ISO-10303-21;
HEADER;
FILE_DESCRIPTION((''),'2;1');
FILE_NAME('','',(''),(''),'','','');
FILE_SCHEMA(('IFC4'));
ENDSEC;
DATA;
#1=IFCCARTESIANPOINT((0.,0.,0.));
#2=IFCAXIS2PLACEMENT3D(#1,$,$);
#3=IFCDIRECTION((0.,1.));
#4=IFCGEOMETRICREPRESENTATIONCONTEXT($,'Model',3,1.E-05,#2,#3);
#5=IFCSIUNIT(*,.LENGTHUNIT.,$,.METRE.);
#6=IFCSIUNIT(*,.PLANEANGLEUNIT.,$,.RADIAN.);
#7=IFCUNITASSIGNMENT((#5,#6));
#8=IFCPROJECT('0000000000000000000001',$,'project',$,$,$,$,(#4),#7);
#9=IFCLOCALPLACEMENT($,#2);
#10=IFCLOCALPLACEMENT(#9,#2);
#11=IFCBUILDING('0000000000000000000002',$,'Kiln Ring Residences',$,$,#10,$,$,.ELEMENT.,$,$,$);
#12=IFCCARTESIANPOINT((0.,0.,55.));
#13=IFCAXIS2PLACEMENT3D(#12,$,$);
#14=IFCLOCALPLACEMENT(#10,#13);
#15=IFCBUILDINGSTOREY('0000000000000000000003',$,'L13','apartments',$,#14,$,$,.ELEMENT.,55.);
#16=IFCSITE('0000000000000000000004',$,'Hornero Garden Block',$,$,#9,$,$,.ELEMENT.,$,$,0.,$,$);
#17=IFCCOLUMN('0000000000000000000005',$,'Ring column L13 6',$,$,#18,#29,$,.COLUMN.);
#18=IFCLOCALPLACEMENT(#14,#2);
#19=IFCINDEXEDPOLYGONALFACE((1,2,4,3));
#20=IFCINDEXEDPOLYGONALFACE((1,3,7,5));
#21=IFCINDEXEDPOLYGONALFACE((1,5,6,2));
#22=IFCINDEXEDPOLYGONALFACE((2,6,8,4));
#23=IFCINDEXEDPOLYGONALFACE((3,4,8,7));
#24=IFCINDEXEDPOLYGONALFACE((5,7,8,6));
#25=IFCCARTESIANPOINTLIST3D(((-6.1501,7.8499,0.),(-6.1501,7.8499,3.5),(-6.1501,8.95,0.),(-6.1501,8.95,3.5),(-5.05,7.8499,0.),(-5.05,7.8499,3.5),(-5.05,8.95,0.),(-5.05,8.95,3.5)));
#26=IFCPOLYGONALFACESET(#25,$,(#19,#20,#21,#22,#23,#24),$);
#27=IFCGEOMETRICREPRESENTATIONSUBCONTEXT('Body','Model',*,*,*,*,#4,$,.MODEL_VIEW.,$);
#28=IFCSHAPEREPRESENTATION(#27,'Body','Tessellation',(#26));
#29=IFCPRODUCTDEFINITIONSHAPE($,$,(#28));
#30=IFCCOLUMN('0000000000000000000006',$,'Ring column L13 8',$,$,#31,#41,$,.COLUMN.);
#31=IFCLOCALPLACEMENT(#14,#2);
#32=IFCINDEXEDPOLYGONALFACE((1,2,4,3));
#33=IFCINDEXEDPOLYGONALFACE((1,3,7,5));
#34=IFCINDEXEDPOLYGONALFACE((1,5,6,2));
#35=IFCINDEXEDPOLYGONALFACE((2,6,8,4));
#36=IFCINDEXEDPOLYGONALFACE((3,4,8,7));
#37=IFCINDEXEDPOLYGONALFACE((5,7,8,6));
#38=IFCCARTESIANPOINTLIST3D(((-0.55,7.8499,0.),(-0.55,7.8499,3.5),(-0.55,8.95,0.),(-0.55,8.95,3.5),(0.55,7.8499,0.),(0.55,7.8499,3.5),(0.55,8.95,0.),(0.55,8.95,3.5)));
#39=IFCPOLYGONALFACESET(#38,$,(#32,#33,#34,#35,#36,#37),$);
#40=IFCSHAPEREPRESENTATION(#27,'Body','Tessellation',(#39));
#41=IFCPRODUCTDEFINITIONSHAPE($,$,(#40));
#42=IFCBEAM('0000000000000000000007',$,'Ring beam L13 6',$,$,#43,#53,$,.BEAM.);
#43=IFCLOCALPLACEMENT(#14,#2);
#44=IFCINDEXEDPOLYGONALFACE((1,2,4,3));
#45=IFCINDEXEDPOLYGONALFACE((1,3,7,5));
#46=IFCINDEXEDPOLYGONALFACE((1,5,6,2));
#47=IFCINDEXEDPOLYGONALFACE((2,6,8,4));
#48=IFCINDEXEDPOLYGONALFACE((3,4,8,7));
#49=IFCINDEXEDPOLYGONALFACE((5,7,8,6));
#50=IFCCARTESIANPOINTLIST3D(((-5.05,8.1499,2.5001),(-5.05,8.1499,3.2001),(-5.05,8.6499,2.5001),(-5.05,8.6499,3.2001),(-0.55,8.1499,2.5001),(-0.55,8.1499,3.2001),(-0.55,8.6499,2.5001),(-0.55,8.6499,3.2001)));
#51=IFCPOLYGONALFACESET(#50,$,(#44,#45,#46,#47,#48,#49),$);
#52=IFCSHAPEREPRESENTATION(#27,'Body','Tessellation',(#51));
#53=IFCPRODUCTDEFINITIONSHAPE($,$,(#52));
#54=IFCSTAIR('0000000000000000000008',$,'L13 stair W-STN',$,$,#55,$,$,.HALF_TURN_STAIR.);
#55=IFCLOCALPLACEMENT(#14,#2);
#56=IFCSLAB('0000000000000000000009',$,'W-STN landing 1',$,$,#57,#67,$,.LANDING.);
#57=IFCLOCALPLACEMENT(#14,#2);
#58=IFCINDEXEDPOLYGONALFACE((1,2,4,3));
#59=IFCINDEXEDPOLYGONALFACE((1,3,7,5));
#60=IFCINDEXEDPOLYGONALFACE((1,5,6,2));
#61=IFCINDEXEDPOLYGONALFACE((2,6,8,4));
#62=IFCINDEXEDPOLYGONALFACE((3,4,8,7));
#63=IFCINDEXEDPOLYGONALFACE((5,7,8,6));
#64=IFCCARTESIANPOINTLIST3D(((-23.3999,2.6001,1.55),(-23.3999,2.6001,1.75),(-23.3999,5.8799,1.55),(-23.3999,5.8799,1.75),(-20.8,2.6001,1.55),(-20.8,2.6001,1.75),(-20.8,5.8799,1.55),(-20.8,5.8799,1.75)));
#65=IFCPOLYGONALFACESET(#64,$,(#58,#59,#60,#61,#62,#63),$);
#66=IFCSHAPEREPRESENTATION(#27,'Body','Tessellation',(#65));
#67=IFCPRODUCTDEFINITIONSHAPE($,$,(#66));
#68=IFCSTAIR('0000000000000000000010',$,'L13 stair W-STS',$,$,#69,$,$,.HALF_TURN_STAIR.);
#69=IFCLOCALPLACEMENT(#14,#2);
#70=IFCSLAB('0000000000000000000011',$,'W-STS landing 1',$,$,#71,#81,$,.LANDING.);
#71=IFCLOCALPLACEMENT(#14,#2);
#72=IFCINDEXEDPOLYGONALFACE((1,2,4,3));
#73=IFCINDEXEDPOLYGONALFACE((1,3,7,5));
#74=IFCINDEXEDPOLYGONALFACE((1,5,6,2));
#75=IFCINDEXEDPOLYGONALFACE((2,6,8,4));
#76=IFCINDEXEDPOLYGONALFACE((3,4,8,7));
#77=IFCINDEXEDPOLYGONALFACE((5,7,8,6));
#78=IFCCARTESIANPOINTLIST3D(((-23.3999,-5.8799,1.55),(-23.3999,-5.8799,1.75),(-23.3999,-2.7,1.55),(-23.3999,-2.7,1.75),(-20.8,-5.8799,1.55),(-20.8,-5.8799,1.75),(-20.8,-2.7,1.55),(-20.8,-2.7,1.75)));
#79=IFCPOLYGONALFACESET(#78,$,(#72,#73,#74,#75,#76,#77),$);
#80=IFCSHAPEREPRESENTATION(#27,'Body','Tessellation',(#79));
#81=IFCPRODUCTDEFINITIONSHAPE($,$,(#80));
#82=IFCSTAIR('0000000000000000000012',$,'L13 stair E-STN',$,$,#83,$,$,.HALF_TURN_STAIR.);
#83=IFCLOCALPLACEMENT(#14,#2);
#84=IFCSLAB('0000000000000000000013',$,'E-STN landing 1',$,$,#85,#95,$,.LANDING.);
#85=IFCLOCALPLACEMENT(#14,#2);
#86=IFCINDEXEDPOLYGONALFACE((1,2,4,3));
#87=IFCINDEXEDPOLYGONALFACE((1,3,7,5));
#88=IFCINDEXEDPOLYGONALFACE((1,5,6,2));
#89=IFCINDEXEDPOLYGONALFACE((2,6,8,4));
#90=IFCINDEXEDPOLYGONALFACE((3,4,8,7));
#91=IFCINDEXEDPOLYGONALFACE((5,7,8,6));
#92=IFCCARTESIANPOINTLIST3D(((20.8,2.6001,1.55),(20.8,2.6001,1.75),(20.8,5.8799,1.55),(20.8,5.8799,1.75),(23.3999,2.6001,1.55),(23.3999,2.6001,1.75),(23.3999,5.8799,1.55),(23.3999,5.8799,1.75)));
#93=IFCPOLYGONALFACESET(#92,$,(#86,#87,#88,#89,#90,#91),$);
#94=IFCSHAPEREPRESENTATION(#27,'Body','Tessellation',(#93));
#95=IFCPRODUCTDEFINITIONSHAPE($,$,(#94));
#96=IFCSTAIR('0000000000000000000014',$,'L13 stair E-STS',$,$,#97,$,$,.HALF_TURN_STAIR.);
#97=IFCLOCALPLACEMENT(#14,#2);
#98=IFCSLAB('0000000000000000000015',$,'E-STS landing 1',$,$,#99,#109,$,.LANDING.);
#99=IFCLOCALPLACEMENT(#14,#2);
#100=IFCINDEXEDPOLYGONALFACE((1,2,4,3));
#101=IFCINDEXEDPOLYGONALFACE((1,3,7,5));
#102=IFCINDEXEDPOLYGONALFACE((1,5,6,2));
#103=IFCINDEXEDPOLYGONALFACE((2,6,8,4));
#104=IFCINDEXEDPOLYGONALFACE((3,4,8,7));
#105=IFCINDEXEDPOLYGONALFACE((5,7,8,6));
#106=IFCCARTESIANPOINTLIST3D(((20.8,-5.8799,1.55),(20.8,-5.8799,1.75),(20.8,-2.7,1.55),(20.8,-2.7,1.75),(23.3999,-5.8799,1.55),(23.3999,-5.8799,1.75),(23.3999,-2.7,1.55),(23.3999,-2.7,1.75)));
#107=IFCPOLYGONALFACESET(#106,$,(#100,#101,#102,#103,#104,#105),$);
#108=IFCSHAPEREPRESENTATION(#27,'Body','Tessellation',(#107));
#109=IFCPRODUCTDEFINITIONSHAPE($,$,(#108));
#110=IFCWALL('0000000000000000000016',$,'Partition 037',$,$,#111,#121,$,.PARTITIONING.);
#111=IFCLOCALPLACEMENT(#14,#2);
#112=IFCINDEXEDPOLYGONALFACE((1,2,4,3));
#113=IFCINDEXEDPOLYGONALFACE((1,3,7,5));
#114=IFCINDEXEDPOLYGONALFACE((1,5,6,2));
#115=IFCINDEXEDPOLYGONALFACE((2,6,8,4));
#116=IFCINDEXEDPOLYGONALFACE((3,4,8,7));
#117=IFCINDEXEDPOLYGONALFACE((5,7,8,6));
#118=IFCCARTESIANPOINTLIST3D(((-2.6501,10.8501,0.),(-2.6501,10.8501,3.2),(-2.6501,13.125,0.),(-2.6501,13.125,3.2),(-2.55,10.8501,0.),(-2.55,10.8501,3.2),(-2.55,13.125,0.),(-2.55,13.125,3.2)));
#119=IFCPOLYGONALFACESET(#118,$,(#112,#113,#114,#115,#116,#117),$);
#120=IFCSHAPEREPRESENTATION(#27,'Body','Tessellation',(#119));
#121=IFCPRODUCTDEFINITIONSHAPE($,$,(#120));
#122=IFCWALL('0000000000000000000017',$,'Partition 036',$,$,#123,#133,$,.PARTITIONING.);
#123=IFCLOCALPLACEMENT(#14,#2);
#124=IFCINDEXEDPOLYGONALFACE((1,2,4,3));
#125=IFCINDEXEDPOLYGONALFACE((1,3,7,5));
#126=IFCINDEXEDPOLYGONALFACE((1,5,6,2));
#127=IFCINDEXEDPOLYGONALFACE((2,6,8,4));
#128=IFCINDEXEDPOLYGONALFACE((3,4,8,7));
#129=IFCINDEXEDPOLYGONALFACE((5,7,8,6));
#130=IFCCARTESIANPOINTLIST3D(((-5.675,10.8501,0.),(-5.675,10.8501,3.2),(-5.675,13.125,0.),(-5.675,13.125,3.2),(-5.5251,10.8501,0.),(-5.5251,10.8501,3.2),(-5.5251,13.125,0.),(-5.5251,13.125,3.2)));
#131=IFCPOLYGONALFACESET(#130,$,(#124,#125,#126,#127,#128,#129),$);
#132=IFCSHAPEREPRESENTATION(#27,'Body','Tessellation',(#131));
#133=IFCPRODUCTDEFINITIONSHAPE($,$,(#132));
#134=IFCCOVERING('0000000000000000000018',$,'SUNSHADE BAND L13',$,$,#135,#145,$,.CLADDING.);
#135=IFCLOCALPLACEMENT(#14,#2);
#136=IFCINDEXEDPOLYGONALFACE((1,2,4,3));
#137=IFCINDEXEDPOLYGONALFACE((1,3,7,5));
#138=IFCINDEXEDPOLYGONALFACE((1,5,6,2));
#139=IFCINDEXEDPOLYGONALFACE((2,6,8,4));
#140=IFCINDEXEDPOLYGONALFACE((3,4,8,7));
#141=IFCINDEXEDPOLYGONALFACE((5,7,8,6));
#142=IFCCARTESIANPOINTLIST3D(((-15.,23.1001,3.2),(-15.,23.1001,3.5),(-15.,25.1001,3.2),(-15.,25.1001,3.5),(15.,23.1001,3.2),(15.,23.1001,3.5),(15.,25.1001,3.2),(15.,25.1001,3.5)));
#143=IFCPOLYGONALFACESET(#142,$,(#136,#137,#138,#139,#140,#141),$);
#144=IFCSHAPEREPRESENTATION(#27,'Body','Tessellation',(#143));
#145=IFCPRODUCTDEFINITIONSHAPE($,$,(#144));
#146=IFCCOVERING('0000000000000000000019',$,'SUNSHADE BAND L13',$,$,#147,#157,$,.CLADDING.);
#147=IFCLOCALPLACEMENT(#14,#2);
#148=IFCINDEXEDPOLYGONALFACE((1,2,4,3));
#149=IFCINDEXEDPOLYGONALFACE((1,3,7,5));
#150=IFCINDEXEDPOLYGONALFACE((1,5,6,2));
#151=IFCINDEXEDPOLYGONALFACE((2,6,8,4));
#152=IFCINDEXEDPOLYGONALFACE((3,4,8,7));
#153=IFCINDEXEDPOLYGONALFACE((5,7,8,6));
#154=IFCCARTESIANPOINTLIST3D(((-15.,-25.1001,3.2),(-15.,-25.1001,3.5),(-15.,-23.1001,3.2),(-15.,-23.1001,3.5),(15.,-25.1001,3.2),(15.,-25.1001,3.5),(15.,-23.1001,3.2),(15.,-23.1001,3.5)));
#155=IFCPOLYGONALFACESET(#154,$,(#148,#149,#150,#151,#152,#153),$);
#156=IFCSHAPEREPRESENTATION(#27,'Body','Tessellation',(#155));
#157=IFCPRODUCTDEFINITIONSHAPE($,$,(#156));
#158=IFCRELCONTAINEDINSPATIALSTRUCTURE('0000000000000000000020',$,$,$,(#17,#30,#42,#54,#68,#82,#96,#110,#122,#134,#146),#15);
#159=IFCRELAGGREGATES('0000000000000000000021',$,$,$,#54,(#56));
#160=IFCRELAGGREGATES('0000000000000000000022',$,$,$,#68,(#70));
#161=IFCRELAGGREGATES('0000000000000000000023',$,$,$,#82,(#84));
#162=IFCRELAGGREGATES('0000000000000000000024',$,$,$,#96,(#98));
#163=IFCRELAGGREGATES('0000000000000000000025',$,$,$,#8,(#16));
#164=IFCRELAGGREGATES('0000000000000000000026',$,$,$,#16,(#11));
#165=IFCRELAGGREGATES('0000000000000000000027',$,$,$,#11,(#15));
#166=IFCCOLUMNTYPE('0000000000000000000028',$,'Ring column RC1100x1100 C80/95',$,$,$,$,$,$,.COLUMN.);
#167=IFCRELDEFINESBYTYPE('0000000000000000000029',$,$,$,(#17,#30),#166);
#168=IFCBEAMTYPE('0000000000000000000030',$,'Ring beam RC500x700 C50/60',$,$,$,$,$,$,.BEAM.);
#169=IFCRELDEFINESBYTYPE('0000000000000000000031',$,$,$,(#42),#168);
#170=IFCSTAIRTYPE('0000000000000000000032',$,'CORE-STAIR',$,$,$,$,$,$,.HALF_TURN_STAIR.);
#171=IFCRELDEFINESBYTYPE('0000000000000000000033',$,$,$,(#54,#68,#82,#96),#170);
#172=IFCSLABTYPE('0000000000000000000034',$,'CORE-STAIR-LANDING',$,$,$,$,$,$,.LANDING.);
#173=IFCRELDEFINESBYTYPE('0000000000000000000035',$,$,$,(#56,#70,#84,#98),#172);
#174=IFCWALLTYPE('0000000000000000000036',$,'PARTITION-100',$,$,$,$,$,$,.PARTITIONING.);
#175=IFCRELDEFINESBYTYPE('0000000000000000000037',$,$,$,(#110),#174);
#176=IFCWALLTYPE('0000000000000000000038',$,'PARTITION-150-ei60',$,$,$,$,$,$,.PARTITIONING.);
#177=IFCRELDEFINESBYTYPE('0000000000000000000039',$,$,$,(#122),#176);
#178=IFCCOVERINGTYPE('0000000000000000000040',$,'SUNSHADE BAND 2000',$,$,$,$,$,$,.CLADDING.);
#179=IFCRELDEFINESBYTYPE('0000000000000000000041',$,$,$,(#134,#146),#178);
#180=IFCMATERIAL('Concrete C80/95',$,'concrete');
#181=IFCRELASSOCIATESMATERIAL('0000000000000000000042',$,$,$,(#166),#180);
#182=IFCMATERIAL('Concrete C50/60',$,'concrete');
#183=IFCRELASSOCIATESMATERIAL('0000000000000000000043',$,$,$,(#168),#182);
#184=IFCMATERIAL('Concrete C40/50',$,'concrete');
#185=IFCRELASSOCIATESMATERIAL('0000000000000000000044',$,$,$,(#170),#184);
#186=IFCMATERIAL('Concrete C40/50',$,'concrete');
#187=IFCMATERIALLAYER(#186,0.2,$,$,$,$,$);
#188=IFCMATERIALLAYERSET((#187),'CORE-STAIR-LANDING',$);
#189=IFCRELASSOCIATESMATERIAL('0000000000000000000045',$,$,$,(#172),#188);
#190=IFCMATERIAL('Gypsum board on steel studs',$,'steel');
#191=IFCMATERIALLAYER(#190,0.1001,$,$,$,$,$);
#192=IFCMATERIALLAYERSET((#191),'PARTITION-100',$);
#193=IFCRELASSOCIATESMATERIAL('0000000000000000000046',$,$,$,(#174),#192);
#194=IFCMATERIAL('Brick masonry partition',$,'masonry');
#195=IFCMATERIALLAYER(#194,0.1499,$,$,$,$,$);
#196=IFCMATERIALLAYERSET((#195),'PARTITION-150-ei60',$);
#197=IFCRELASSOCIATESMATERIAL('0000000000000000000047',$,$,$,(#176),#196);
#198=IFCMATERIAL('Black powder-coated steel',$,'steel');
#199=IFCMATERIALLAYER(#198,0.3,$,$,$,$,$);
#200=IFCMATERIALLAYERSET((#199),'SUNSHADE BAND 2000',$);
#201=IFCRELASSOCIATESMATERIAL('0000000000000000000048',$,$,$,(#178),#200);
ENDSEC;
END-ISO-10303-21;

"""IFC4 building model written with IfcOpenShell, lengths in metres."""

from ifc_helpers import new_model, si_unit, direction, frame, frame_2d, origin, origin_2d, place, context, subcontext, project, spatial, polyline, rectangle, outline, extrude, material, layer, layer_set, material_profile, profile_set, type_object, element, aggregate, save


model = new_model("IFC4")

# Units and contexts
model_context = context("Model", 3, precision=1e-05, world=origin(), true_north=direction((0.0, 1.0)))
body_context = subcontext(model_context, "Body", "Model", "MODEL_VIEW")
ifc_project = project(units=[si_unit("LENGTHUNIT", "METRE"), si_unit("PLANEANGLEUNIT", "RADIAN")], contexts=[model_context])

# Site, building, storey
site_placement = place(None, origin())
site = spatial("IfcSite", under=ifc_project, at=site_placement, Name="Hornero Garden Block", CompositionType="ELEMENT", RefElevation=0.0)
building_placement = place(site_placement, origin())
building = spatial("IfcBuilding", under=site, at=building_placement, Name="Kiln Ring Residences", CompositionType="ELEMENT")
storey_placement = place(building_placement, frame((0.0, 0.0, 55.0)))
storey = spatial("IfcBuildingStorey", under=building, at=storey_placement, Name="L13", Description="apartments", CompositionType="ELEMENT", Elevation=55.0)

# Columns
ifc_material_1 = material(Name="Concrete C80/95", Category="concrete")
ifc_material_profile_1 = material_profile(ifc_material_1, rectangle(XDim=1.1001, YDim=1.1001, at=origin_2d()), Name="RC1100x1100")
ifc_profile_set_1 = profile_set([ifc_material_profile_1], Name="Concrete C80/95")
column_type = type_object("IfcColumnType", Name="Ring column RC1100x1100 C80/95", PredefinedType="COLUMN", material=ifc_profile_set_1)
for number, where, z_axis, x_axis, name in (
    (1, (-5.6001, 8.3999, 0.0), (0.0, 0.0, 1.0), (1.0, 0.0, 0.0), "Ring column L13 6"),
    (2, (0.0, 8.3999, 0.0), (0.0, 0.0, 1.0), (1.0, 0.0, 0.0), "Ring column L13 8"),
):
    element("IfcColumn", number, at=place(storey_placement, frame(where, z_axis=z_axis, x_axis=x_axis)), inside=storey, type_object=column_type, Name=name, PredefinedType="COLUMN", context=body_context, shape_type="SweptSolid", body=[
        extrude(rectangle(XDim=1.1001, YDim=1.1001, at=origin_2d()), origin(), (0.0, 0.0, 1.0), 3.5),
    ])

# Beam
ifc_material_2 = material(Name="Concrete C50/60", Category="concrete")
ifc_material_profile_2 = material_profile(ifc_material_2, rectangle(XDim=0.5, YDim=0.7, at=origin_2d()), Name="RC500x700")
ifc_profile_set_2 = profile_set([ifc_material_profile_2], Name="Concrete C50/60")
beam_type = type_object("IfcBeamType", Name="Ring beam RC500x700 C50/60", PredefinedType="BEAM", material=ifc_profile_set_2)
beam_placement = place(storey_placement, frame((-5.05, 8.3999, 2.8501), z_axis=(1.0, 0.0, 0.0), x_axis=(0.0, 1.0, 0.0)))
element("IfcBeam", 3, at=beam_placement, inside=storey, type_object=beam_type, Name="Ring beam L13 6", PredefinedType="BEAM", context=body_context, shape_type="SweptSolid", body=[
    extrude(rectangle(XDim=0.5, YDim=0.7, at=origin_2d()), origin(), (0.0, 0.0, 1.0), 4.5),
])

# Stairs, slabs
ifc_material_3 = material(Name="Concrete C40/50", Category="concrete")
stair_type = type_object("IfcStairType", Name="CORE-STAIR", PredefinedType="HALF_TURN_STAIR", material=ifc_material_3)
placement_1 = place(storey_placement, origin())
stair_1 = element("IfcStair", 4, at=placement_1, inside=storey, type_object=stair_type, Name="L13 stair W-STN", PredefinedType="HALF_TURN_STAIR")
ifc_material_4 = material(Name="Concrete C40/50", Category="concrete")
ifc_layer_1 = layer(ifc_material_4, 0.2)
ifc_layer_set_1 = layer_set([ifc_layer_1], Name="CORE-STAIR-LANDING")
slab_type = type_object("IfcSlabType", Name="CORE-STAIR-LANDING", PredefinedType="LANDING", material=ifc_layer_set_1)
placement_2 = place(storey_placement, frame((0.0, 0.0, 1.55)))
slab_1 = element("IfcSlab", 5, at=placement_2, type_object=slab_type, Name="W-STN landing 1", PredefinedType="LANDING", context=body_context, shape_type="SweptSolid", body=[
    extrude(outline(polyline([(-23.3999, 5.8799), (-23.3999, 2.6001), (-20.8, 2.6001), (-20.8, 5.8799), (-23.3999, 5.8799)])), origin(), (0.0, 0.0, 1.0), 0.2),
])
aggregate(stair_1, [slab_1])
stair_2 = element("IfcStair", 6, at=placement_1, inside=storey, type_object=stair_type, Name="L13 stair W-STS", PredefinedType="HALF_TURN_STAIR")
slab_2 = element("IfcSlab", 7, at=placement_2, type_object=slab_type, Name="W-STS landing 1", PredefinedType="LANDING", context=body_context, shape_type="SweptSolid", body=[
    extrude(outline(polyline([(-20.8, -5.8799), (-20.8, -2.7), (-23.3999, -2.7), (-23.3999, -5.8799), (-20.8, -5.8799)])), origin(), (0.0, 0.0, 1.0), 0.2),
])
aggregate(stair_2, [slab_2])
stair_3 = element("IfcStair", 8, at=placement_1, inside=storey, type_object=stair_type, Name="L13 stair E-STN", PredefinedType="HALF_TURN_STAIR")
slab_3 = element("IfcSlab", 9, at=placement_2, type_object=slab_type, Name="E-STN landing 1", PredefinedType="LANDING", context=body_context, shape_type="SweptSolid", body=[
    extrude(outline(polyline([(20.8, 5.8799), (20.8, 2.6001), (23.3999, 2.6001), (23.3999, 5.8799), (20.8, 5.8799)])), origin(), (0.0, 0.0, 1.0), 0.2),
])
aggregate(stair_3, [slab_3])
stair_4 = element("IfcStair", 10, at=placement_1, inside=storey, type_object=stair_type, Name="L13 stair E-STS", PredefinedType="HALF_TURN_STAIR")
slab_4 = element("IfcSlab", 11, at=placement_2, type_object=slab_type, Name="E-STS landing 1", PredefinedType="LANDING", context=body_context, shape_type="SweptSolid", body=[
    extrude(outline(polyline([(23.3999, -5.8799), (23.3999, -2.7), (20.8, -2.7), (20.8, -5.8799), (23.3999, -5.8799)])), origin(), (0.0, 0.0, 1.0), 0.2),
])
aggregate(stair_4, [slab_4])

# Walls
ifc_material_5 = material(Name="Gypsum board on steel studs", Category="steel")
ifc_layer_2 = layer(ifc_material_5, 0.1001)
ifc_layer_set_2 = layer_set([ifc_layer_2], Name="PARTITION-100")
wall_type_1 = type_object("IfcWallType", Name="PARTITION-100", PredefinedType="PARTITIONING", material=ifc_layer_set_2)
wall_1_placement = place(storey_placement, frame((-2.6001, 10.8501, 0.0), z_axis=(0.0, 0.0, 1.0), x_axis=(0.0, 1.0, 0.0)))
element("IfcWall", 12, at=wall_1_placement, inside=storey, type_object=wall_type_1, Name="Partition 037", PredefinedType="PARTITIONING", context=body_context, shape_type="SweptSolid", body=[
    extrude(rectangle(XDim=2.2749, YDim=0.1001, at=frame_2d((1.1375, 0.0))), origin(), (0.0, 0.0, 1.0), 3.2),
])
ifc_material_6 = material(Name="Brick masonry partition", Category="masonry")
ifc_layer_3 = layer(ifc_material_6, 0.1499)
ifc_layer_set_3 = layer_set([ifc_layer_3], Name="PARTITION-150-ei60")
wall_type_2 = type_object("IfcWallType", Name="PARTITION-150-ei60", PredefinedType="PARTITIONING", material=ifc_layer_set_3)
wall_2_placement = place(storey_placement, frame((-5.6001, 10.8501, 0.0), z_axis=(0.0, 0.0, 1.0), x_axis=(0.0, 1.0, 0.0)))
element("IfcWall", 13, at=wall_2_placement, inside=storey, type_object=wall_type_2, Name="Partition 036", PredefinedType="PARTITIONING", context=body_context, shape_type="SweptSolid", body=[
    extrude(rectangle(XDim=2.2749, YDim=0.1499, at=frame_2d((1.1375, 0.0))), origin(), (0.0, 0.0, 1.0), 3.2),
])

# Coverings
ifc_material_7 = material(Name="Black powder-coated steel", Category="steel")
ifc_layer_4 = layer(ifc_material_7, 0.3)
ifc_layer_set_4 = layer_set([ifc_layer_4], Name="SUNSHADE BAND 2000")
covering_type = type_object("IfcCoveringType", Name="SUNSHADE BAND 2000", PredefinedType="CLADDING", material=ifc_layer_set_4)
placement_3 = place(storey_placement, frame((0.0, 0.0, 3.2)))
element("IfcCovering", 14, at=placement_3, inside=storey, type_object=covering_type, Name="SUNSHADE BAND L13", PredefinedType="CLADDING", context=body_context, shape_type="SweptSolid", body=[
    extrude(outline(polyline([(15.0, 25.1001), (-15.0, 25.1001), (-15.0, 23.1001), (15.0, 23.1001), (15.0, 25.1001)])), origin(), (0.0, 0.0, 1.0), 0.3),
])
element("IfcCovering", 15, at=placement_3, inside=storey, type_object=covering_type, Name="SUNSHADE BAND L13", PredefinedType="CLADDING", context=body_context, shape_type="SweptSolid", body=[
    extrude(outline(polyline([(-15.0, -25.1001), (15.0, -25.1001), (15.0, -23.1001), (-15.0, -23.1001), (-15.0, -25.1001)])), origin(), (0.0, 0.0, 1.0), 0.3),
])

save(model, "model.ifc")
